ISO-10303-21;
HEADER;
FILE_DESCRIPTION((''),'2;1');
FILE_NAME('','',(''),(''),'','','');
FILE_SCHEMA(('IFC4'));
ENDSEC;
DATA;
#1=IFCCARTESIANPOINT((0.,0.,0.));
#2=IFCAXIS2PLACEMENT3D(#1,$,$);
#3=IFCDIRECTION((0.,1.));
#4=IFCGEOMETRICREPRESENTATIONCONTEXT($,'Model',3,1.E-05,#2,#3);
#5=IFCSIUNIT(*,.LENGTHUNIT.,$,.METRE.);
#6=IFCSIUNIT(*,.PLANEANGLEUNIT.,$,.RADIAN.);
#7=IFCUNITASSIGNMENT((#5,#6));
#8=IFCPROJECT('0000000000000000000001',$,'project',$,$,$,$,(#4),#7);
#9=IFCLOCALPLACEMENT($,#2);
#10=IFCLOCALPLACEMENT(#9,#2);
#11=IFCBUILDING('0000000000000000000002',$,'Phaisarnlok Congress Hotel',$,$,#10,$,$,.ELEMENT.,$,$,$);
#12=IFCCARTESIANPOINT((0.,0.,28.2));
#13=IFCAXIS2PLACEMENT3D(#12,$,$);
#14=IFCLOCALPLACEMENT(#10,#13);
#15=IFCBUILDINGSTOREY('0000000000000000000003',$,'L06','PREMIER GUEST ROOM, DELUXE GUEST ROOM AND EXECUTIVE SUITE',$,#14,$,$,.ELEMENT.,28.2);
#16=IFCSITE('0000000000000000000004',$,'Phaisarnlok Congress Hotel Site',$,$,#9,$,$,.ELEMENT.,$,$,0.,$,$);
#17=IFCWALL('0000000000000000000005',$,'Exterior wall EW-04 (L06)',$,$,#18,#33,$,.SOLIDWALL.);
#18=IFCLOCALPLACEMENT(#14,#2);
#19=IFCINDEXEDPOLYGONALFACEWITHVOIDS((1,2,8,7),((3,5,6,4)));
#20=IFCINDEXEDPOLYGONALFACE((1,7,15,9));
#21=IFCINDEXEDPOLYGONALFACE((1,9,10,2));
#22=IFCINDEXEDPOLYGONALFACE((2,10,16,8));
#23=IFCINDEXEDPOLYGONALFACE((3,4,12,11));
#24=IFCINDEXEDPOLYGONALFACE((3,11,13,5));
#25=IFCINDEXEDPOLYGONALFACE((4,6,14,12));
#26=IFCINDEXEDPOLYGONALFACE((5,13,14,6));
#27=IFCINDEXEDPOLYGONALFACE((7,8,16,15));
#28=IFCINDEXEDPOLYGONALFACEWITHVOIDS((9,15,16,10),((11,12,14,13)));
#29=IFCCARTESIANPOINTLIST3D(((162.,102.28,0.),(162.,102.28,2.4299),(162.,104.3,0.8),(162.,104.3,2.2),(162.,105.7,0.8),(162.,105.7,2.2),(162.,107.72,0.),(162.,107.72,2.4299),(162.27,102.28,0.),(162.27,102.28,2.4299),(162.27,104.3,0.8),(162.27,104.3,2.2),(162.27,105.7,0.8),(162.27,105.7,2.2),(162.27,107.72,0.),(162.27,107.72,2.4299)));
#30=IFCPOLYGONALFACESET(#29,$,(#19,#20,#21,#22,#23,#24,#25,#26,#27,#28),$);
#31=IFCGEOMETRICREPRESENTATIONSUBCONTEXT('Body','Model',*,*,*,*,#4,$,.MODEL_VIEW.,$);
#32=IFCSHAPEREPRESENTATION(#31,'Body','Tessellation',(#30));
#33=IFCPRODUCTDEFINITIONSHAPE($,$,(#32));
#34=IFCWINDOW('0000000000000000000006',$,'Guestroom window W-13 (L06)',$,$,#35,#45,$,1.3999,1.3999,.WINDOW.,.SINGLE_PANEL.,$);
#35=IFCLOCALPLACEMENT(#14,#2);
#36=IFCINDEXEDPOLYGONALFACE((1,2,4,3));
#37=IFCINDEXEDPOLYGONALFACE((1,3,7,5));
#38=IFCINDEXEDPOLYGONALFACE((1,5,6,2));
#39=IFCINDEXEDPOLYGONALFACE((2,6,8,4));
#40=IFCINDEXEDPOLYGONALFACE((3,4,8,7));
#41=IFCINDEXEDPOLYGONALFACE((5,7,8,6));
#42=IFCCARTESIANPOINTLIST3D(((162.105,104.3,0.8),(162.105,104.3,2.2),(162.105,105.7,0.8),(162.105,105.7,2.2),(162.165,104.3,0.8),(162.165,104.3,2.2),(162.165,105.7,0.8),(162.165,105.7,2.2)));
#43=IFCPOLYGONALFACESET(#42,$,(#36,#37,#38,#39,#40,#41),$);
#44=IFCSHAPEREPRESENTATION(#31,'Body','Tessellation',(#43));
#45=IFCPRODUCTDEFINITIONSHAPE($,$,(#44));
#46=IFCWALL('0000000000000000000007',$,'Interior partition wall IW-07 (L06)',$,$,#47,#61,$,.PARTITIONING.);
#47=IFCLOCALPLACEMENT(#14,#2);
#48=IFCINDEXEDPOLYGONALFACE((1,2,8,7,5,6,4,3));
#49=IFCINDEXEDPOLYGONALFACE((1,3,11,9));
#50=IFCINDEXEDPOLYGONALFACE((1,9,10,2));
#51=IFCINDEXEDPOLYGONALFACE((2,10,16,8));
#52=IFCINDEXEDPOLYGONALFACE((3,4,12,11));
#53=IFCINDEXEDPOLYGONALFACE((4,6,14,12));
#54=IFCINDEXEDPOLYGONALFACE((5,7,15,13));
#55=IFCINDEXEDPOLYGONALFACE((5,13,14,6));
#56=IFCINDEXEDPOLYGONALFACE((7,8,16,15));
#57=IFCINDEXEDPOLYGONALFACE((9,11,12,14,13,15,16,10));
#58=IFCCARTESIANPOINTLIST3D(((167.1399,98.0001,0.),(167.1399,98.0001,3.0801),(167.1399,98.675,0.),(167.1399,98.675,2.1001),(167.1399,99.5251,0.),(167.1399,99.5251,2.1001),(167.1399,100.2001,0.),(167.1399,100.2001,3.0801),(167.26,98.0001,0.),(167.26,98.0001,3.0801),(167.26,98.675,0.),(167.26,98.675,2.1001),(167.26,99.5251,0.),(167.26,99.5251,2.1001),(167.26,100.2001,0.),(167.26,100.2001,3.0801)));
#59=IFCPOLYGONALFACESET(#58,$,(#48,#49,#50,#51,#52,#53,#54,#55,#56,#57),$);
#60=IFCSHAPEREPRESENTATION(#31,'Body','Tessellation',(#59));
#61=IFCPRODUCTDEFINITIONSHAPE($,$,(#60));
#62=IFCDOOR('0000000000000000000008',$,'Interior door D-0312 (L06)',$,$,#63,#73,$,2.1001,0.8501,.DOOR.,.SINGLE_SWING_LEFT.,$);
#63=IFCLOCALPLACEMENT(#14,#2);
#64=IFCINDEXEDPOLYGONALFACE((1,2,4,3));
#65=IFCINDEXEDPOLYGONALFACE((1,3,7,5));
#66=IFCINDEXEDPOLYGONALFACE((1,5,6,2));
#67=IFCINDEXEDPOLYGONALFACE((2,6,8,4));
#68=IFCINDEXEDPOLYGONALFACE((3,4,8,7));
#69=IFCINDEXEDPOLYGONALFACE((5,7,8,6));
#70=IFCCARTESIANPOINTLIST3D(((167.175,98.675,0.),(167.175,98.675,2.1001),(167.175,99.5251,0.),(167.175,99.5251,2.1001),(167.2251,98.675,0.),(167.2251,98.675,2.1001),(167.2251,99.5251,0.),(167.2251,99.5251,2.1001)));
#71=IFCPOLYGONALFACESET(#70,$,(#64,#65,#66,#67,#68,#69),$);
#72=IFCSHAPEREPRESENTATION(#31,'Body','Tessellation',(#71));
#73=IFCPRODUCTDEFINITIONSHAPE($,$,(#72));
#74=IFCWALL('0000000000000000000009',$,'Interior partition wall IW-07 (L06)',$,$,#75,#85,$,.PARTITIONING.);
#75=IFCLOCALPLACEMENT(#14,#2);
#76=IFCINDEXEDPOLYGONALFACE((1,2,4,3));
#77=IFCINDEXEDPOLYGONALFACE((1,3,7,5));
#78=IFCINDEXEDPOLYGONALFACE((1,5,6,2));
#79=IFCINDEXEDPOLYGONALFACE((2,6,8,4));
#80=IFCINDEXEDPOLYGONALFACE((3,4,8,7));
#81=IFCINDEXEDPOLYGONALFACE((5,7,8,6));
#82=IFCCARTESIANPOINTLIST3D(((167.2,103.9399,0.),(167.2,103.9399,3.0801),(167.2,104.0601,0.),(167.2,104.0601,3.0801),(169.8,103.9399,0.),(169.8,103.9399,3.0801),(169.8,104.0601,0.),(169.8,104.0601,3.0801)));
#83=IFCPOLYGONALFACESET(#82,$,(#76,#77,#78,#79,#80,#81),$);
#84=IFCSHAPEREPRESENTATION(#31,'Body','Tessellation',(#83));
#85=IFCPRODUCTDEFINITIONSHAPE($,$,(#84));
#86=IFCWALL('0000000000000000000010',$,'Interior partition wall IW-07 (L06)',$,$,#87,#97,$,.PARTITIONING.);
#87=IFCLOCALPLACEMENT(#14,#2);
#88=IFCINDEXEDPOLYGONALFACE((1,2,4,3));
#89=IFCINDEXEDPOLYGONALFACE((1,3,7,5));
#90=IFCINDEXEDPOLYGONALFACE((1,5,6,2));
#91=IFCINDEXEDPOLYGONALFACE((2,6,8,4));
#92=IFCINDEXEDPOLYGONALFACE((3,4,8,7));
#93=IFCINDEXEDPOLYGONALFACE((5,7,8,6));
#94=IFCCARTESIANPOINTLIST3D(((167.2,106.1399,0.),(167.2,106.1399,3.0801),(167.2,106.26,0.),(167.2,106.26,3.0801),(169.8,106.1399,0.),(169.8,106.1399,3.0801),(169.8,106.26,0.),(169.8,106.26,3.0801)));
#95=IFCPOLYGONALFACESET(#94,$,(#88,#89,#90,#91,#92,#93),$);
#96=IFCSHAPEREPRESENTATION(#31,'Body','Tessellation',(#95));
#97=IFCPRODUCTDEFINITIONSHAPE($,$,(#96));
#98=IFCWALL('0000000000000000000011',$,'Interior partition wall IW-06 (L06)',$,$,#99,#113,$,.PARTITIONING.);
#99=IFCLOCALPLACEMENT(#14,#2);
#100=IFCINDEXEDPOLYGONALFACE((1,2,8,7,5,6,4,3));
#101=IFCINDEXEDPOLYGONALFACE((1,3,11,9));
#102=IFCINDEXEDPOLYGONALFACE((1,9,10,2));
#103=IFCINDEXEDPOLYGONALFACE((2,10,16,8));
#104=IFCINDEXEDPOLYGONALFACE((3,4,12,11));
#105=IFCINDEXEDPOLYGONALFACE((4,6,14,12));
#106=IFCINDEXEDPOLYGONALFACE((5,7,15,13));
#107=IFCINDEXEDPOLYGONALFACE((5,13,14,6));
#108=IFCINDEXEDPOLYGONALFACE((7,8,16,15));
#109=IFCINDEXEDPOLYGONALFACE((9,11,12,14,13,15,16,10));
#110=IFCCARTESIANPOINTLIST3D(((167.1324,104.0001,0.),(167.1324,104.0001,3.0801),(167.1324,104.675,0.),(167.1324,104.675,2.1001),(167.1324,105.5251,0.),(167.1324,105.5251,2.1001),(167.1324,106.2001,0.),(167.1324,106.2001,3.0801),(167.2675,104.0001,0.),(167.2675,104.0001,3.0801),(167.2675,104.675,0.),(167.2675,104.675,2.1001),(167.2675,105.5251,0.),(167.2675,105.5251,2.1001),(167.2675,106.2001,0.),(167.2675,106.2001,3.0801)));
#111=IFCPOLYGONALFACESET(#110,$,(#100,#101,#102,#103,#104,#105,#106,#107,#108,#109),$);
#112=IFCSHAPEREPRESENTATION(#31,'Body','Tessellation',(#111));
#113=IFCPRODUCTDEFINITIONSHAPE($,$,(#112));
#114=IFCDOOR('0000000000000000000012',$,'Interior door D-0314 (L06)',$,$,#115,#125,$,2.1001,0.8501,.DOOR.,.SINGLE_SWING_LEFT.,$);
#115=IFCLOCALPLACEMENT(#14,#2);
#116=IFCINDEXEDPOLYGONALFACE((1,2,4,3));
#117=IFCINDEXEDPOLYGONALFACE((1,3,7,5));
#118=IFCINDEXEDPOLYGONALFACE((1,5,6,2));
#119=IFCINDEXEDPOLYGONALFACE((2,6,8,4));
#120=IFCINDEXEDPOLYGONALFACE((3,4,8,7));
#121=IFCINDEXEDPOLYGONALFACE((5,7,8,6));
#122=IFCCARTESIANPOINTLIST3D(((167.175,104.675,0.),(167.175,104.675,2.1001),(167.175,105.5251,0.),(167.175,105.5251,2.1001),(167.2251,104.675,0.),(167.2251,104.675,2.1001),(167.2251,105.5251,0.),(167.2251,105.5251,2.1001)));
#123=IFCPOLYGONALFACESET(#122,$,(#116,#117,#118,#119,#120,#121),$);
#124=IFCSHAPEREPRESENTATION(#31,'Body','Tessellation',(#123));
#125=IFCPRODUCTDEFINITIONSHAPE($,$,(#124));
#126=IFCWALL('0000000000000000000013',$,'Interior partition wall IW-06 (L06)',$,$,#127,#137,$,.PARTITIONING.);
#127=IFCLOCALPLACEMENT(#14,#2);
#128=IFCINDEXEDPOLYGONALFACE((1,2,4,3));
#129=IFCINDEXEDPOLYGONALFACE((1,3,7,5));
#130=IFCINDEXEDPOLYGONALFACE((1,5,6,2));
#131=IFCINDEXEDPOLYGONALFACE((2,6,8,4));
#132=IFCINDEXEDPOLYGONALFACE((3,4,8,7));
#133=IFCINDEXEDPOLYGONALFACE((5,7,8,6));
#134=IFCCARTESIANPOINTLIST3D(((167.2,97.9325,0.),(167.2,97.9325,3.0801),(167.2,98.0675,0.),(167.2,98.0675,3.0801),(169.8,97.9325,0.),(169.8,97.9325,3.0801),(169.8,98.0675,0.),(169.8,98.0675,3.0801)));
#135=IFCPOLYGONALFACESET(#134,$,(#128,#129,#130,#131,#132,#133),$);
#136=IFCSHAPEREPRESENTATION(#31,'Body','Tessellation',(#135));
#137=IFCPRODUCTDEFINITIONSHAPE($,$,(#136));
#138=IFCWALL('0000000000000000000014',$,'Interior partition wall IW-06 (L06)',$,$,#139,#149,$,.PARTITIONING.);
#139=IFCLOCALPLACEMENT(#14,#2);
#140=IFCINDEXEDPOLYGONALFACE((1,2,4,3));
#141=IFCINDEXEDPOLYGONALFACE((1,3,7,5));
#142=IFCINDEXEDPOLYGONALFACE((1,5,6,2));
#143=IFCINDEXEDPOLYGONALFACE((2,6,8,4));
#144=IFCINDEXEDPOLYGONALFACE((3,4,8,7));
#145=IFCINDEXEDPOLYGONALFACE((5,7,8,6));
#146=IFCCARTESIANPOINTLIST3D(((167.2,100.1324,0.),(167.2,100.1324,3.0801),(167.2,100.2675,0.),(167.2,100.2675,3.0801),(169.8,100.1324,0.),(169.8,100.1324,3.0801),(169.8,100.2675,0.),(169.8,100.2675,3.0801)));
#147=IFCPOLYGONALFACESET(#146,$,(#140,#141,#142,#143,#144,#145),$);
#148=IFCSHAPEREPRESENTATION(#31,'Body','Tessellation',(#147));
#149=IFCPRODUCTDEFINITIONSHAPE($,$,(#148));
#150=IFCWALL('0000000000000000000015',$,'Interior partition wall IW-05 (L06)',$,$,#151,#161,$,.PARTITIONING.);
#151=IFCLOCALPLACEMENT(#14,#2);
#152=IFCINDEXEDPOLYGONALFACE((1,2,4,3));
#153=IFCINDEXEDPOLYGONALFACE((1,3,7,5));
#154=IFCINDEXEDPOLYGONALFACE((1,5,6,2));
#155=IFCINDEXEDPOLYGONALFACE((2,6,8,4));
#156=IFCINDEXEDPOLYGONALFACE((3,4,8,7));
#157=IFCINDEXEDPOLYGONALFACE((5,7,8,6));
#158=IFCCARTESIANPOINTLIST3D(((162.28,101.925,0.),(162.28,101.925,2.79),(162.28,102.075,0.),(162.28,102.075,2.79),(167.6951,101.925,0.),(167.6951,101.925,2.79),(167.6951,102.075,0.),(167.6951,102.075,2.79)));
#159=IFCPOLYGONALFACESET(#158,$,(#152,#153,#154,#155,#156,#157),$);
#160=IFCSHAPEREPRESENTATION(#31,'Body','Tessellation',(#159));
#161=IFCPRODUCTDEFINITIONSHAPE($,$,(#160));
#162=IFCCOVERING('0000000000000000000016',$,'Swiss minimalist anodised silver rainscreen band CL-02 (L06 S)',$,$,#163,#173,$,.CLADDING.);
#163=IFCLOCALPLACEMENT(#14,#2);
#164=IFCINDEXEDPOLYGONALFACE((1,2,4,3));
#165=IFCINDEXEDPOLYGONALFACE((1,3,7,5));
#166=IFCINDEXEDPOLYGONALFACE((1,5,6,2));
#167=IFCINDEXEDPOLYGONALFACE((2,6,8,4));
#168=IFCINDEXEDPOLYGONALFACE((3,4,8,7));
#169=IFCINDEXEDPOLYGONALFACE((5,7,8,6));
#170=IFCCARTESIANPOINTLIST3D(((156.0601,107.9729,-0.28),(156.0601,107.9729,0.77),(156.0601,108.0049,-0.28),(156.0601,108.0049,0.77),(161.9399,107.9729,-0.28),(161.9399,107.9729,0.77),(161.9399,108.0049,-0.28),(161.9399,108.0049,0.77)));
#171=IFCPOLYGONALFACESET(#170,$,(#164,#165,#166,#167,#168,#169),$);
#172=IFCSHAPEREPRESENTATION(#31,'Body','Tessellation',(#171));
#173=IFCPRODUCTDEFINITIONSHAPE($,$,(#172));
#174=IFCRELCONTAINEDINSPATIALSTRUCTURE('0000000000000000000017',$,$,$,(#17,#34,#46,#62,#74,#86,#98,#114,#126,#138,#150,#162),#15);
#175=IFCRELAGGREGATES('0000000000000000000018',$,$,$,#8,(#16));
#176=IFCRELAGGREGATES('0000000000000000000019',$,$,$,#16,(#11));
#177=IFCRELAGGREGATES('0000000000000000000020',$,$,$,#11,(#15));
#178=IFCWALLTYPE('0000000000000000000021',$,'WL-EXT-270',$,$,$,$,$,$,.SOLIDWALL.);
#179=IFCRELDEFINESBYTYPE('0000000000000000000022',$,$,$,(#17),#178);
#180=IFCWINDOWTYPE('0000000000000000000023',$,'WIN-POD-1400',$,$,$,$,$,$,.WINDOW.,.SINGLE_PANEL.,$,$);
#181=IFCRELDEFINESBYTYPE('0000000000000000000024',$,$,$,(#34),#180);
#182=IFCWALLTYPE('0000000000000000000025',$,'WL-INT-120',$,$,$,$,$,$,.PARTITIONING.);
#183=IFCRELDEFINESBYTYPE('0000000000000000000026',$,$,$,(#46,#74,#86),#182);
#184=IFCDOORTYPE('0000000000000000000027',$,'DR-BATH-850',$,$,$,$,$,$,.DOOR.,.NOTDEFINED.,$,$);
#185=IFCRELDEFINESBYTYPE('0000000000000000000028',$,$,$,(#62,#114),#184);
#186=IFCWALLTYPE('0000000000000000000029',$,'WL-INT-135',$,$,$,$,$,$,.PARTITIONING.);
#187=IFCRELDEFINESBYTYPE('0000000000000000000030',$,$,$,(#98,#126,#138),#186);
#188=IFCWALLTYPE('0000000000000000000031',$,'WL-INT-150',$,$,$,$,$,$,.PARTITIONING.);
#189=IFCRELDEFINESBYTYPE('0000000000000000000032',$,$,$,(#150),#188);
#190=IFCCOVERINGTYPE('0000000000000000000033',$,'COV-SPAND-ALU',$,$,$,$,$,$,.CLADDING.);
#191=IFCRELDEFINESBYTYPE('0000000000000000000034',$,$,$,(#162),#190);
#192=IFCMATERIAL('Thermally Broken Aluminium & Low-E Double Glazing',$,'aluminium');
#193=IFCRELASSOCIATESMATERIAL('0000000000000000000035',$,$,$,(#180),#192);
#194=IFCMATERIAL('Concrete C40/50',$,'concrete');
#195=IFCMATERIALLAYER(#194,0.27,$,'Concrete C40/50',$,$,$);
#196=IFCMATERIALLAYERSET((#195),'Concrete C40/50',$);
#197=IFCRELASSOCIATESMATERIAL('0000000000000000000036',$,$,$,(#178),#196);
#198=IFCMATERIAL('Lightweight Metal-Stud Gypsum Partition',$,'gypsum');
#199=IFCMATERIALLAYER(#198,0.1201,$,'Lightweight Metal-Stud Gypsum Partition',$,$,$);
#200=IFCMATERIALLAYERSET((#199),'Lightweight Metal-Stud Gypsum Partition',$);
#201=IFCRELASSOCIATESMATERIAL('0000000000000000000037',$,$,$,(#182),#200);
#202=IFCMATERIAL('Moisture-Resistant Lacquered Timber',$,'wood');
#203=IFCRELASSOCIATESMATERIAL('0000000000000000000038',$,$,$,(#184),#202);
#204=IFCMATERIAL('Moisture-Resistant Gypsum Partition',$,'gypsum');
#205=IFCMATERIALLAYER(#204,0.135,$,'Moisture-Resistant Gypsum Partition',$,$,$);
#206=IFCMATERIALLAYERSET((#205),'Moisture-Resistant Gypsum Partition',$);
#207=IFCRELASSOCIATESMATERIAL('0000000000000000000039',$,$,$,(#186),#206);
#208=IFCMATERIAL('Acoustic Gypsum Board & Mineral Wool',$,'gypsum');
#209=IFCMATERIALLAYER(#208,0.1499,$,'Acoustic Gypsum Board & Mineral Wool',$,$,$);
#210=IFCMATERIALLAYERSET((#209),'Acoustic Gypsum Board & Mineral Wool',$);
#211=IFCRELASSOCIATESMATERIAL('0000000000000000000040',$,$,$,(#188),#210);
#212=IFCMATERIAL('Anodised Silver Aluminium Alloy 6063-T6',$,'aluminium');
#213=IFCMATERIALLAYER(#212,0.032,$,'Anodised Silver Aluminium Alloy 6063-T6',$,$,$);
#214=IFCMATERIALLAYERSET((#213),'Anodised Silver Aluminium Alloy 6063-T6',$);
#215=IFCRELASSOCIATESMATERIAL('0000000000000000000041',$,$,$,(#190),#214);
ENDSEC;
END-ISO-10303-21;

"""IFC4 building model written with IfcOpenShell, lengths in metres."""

from ifc_helpers import new_model, si_unit, direction, frame, frame_2d, origin, place, context, subcontext, project, spatial, polyline, rectangle, outline, extrude, material, layer, layer_set, type_object, element, fill, save


model = new_model("IFC4")

# Units and contexts
model_context = context("Model", 3, precision=1e-05, world=origin(), true_north=direction((0.0, 1.0)))
body_context = subcontext(model_context, "Body", "Model", "MODEL_VIEW")
ifc_project = project(units=[si_unit("LENGTHUNIT", "METRE"), si_unit("PLANEANGLEUNIT", "RADIAN")], contexts=[model_context])

# Site, building, storey
site_placement = place(None, origin())
site = spatial("IfcSite", under=ifc_project, at=site_placement, Name="Phaisarnlok Congress Hotel Site", CompositionType="ELEMENT", RefElevation=0.0)
building_placement = place(site_placement, origin())
building = spatial("IfcBuilding", under=site, at=building_placement, Name="Phaisarnlok Congress Hotel", CompositionType="ELEMENT")
storey_placement = place(building_placement, frame((0.0, 0.0, 28.2)))
storey = spatial("IfcBuildingStorey", under=building, at=storey_placement, Name="L06", Description="PREMIER GUEST ROOM, DELUXE GUEST ROOM AND EXECUTIVE SUITE", CompositionType="ELEMENT", Elevation=28.2)

# Shared definitions
ifc_material_1 = material(Name="Concrete C40/50", Category="concrete")

# Wall, opening, window
ifc_material_2 = material(Name="Thermally Broken Aluminium & Low-E Double Glazing", Category="aluminium")
window_type = type_object("IfcWindowType", Name="WIN-POD-1400", PartitioningType="SINGLE_PANEL", PredefinedType="WINDOW", material=ifc_material_2)
ifc_layer_1 = layer(ifc_material_1, 0.27, Name="Concrete C40/50")
ifc_layer_set_1 = layer_set([ifc_layer_1], Name="Concrete C40/50")
wall_type_1 = type_object("IfcWallType", Name="WL-EXT-270", PredefinedType="SOLIDWALL", material=ifc_layer_set_1)
wall_1_placement = place(storey_placement, frame((162.135, 107.72, 0.0), z_axis=(0.0, 0.0, 1.0), x_axis=(0.0, -1.0, 0.0)))
wall_1 = element("IfcWall", 1, at=wall_1_placement, inside=storey, type_object=wall_type_1, Name="Exterior wall EW-04 (L06)", PredefinedType="SOLIDWALL", context=body_context, shape_type="SweptSolid", body=[
    extrude(rectangle(XDim=5.4399, YDim=0.27, at=frame_2d((2.72, 0.0))), origin(), (0.0, 0.0, 1.0), 2.4299),
])
opening_1_placement = place(wall_1_placement, frame((2.02, 0.0, 0.8)))
opening_1 = element("IfcOpeningElement", 2, at=opening_1_placement, cuts=wall_1, PredefinedType="OPENING", context=body_context, shape_type="SweptSolid", body=[
    extrude(rectangle(XDim=1.3999, YDim=1.3999, at=frame_2d((0.7, 0.7))), frame((0.0, 0.145, 0.0), z_axis=(0.0, -1.0, 0.0), x_axis=(1.0, 0.0, 0.0)), (0.0, 0.0, 1.0), 0.29),
])
window_1_placement = place(opening_1_placement, origin())
window_1 = element("IfcWindow", 3, at=window_1_placement, inside=storey, type_object=window_type, Name="Guestroom window W-13 (L06)", OverallHeight=1.3999, OverallWidth=1.3999, PartitioningType="SINGLE_PANEL", PredefinedType="WINDOW", context=body_context, shape_type="SweptSolid", body=[
    extrude(rectangle(XDim=1.3999, YDim=1.3999, at=frame_2d((0.7, 0.7))), frame((0.0, 0.03, 0.0), z_axis=(0.0, -1.0, 0.0), x_axis=(1.0, 0.0, 0.0)), (0.0, 0.0, 1.0), 0.0601),
])
fill(opening_1, window_1)

# Wall, opening, door
ifc_material_3 = material(Name="Lightweight Metal-Stud Gypsum Partition", Category="gypsum")
ifc_layer_2 = layer(ifc_material_3, 0.1201, Name="Lightweight Metal-Stud Gypsum Partition")
ifc_layer_set_2 = layer_set([ifc_layer_2], Name="Lightweight Metal-Stud Gypsum Partition")
wall_type_2 = type_object("IfcWallType", Name="WL-INT-120", PredefinedType="PARTITIONING", material=ifc_layer_set_2)
wall_2_placement = place(storey_placement, frame((167.2, 98.0, 0.0), z_axis=(0.0, 0.0, 1.0), x_axis=(0.0, 1.0, 0.0)))
wall_2 = element("IfcWall", 4, at=wall_2_placement, inside=storey, type_object=wall_type_2, Name="Interior partition wall IW-07 (L06)", PredefinedType="PARTITIONING", context=body_context, shape_type="SweptSolid", body=[
    extrude(rectangle(XDim=2.2, YDim=0.1201, at=frame_2d((1.1001, 0.0))), origin(), (0.0, 0.0, 1.0), 3.0801),
])
opening_2_placement = place(wall_2_placement, frame((0.675, 0.0, 0.0)))
opening_2 = element("IfcOpeningElement", 5, at=opening_2_placement, cuts=wall_2, PredefinedType="OPENING", context=body_context, shape_type="SweptSolid", body=[
    extrude(rectangle(XDim=0.8501, YDim=2.1001, at=frame_2d((0.425, 1.05))), frame((0.0, 0.0701, 0.0), z_axis=(0.0, -1.0, 0.0), x_axis=(1.0, 0.0, 0.0)), (0.0, 0.0, 1.0), 0.1401),
])
ifc_material_4 = material(Name="Moisture-Resistant Lacquered Timber", Category="wood")
door_type = type_object("IfcDoorType", Name="DR-BATH-850", OperationType="NOTDEFINED", PredefinedType="DOOR", material=ifc_material_4)
door_1_placement = place(opening_2_placement, origin())
door_1 = element("IfcDoor", 6, at=door_1_placement, inside=storey, type_object=door_type, Name="Interior door D-0312 (L06)", OperationType="SINGLE_SWING_LEFT", OverallHeight=2.1001, OverallWidth=0.8501, PredefinedType="DOOR", context=body_context, shape_type="SweptSolid", body=[
    extrude(rectangle(XDim=0.8501, YDim=2.1001, at=frame_2d((0.425, 1.05))), frame((0.0, 0.0249, 0.0), z_axis=(0.0, -1.0, 0.0), x_axis=(1.0, 0.0, 0.0)), (0.0, 0.0, 1.0), 0.05),
])
fill(opening_2, door_1)

# Walls
for number, where, z_axis, x_axis, name in (
    (7, (167.2, 104.0, 0.0), (0.0, 0.0, 1.0), (1.0, 0.0, 0.0), "Interior partition wall IW-07 (L06)"),
    (8, (167.2, 106.2, 0.0), (0.0, 0.0, 1.0), (1.0, 0.0, 0.0), "Interior partition wall IW-07 (L06)"),
):
    element("IfcWall", number, at=place(storey_placement, frame(where, z_axis=z_axis, x_axis=x_axis)), inside=storey, type_object=wall_type_2, Name=name, PredefinedType="PARTITIONING", context=body_context, shape_type="SweptSolid", body=[
        extrude(rectangle(XDim=2.6001, YDim=0.1201, at=frame_2d((1.3, 0.0))), origin(), (0.0, 0.0, 1.0), 3.0801),
    ])

# Wall, opening, door
ifc_material_5 = material(Name="Moisture-Resistant Gypsum Partition", Category="gypsum")
ifc_layer_3 = layer(ifc_material_5, 0.135, Name="Moisture-Resistant Gypsum Partition")
ifc_layer_set_3 = layer_set([ifc_layer_3], Name="Moisture-Resistant Gypsum Partition")
wall_type_3 = type_object("IfcWallType", Name="WL-INT-135", PredefinedType="PARTITIONING", material=ifc_layer_set_3)
wall_3_placement = place(storey_placement, frame((167.2, 104.0, 0.0), z_axis=(0.0, 0.0, 1.0), x_axis=(0.0, 1.0, 0.0)))
wall_3 = element("IfcWall", 9, at=wall_3_placement, inside=storey, type_object=wall_type_3, Name="Interior partition wall IW-06 (L06)", PredefinedType="PARTITIONING", context=body_context, shape_type="SweptSolid", body=[
    extrude(rectangle(XDim=2.2, YDim=0.135, at=frame_2d((1.1001, 0.0))), origin(), (0.0, 0.0, 1.0), 3.0801),
])
opening_3_placement = place(wall_3_placement, frame((0.675, 0.0, 0.0)))
opening_3 = element("IfcOpeningElement", 10, at=opening_3_placement, cuts=wall_3, PredefinedType="OPENING", context=body_context, shape_type="SweptSolid", body=[
    extrude(rectangle(XDim=0.8501, YDim=2.1001, at=frame_2d((0.425, 1.05))), frame((0.0, 0.0776, 0.0), z_axis=(0.0, -1.0, 0.0), x_axis=(1.0, 0.0, 0.0)), (0.0, 0.0, 1.0), 0.155),
])
door_2_placement = place(opening_3_placement, origin())
door_2 = element("IfcDoor", 11, at=door_2_placement, inside=storey, type_object=door_type, Name="Interior door D-0314 (L06)", OperationType="SINGLE_SWING_LEFT", OverallHeight=2.1001, OverallWidth=0.8501, PredefinedType="DOOR", context=body_context, shape_type="SweptSolid", body=[
    extrude(rectangle(XDim=0.8501, YDim=2.1001, at=frame_2d((0.425, 1.05))), frame((0.0, 0.0249, 0.0), z_axis=(0.0, -1.0, 0.0), x_axis=(1.0, 0.0, 0.0)), (0.0, 0.0, 1.0), 0.05),
])
fill(opening_3, door_2)

# Walls
for number, where, z_axis, x_axis, name in (
    (12, (167.2, 98.0, 0.0), (0.0, 0.0, 1.0), (1.0, 0.0, 0.0), "Interior partition wall IW-06 (L06)"),
    (13, (167.2, 100.2, 0.0), (0.0, 0.0, 1.0), (1.0, 0.0, 0.0), "Interior partition wall IW-06 (L06)"),
):
    element("IfcWall", number, at=place(storey_placement, frame(where, z_axis=z_axis, x_axis=x_axis)), inside=storey, type_object=wall_type_3, Name=name, PredefinedType="PARTITIONING", context=body_context, shape_type="SweptSolid", body=[
        extrude(rectangle(XDim=2.6001, YDim=0.135, at=frame_2d((1.3, 0.0))), origin(), (0.0, 0.0, 1.0), 3.0801),
    ])
ifc_material_6 = material(Name="Acoustic Gypsum Board & Mineral Wool", Category="gypsum")
ifc_layer_4 = layer(ifc_material_6, 0.1499, Name="Acoustic Gypsum Board & Mineral Wool")
ifc_layer_set_4 = layer_set([ifc_layer_4], Name="Acoustic Gypsum Board & Mineral Wool")
wall_type_4 = type_object("IfcWallType", Name="WL-INT-150", PredefinedType="PARTITIONING", material=ifc_layer_set_4)
wall_4_placement = place(storey_placement, frame((162.28, 102.0, 0.0), z_axis=(0.0, 0.0, 1.0), x_axis=(1.0, 0.0, 0.0)))
element("IfcWall", 14, at=wall_4_placement, inside=storey, type_object=wall_type_4, Name="Interior partition wall IW-05 (L06)", PredefinedType="PARTITIONING", context=body_context, shape_type="SweptSolid", body=[
    extrude(rectangle(XDim=5.415, YDim=0.1499, at=frame_2d((2.7075, 0.0))), origin(), (0.0, 0.0, 1.0), 2.79),
])

# Covering
ifc_material_7 = material(Name="Anodised Silver Aluminium Alloy 6063-T6", Category="aluminium")
ifc_layer_5 = layer(ifc_material_7, 0.032, Name="Anodised Silver Aluminium Alloy 6063-T6")
ifc_layer_set_5 = layer_set([ifc_layer_5], Name="Anodised Silver Aluminium Alloy 6063-T6")
covering_type = type_object("IfcCoveringType", Name="COV-SPAND-ALU", PredefinedType="CLADDING", material=ifc_layer_set_5)
covering_1_placement = place(storey_placement, frame((156.0601, 108.0049, -0.28), z_axis=(0.0, -1.0, 0.0), x_axis=(1.0, 0.0, 0.0)))
element("IfcCovering", 15, at=covering_1_placement, inside=storey, type_object=covering_type, Name="Swiss minimalist anodised silver rainscreen band CL-02 (L06 S)", PredefinedType="CLADDING", context=body_context, shape_type="SweptSolid", body=[
    extrude(outline(polyline([(0.0, 0.0), (5.8799, 0.0), (5.8799, 1.05), (0.0, 1.05), (0.0, 0.0)])), origin(), (0.0, 0.0, 1.0), 0.032),
])

save(model, "model.ifc")
